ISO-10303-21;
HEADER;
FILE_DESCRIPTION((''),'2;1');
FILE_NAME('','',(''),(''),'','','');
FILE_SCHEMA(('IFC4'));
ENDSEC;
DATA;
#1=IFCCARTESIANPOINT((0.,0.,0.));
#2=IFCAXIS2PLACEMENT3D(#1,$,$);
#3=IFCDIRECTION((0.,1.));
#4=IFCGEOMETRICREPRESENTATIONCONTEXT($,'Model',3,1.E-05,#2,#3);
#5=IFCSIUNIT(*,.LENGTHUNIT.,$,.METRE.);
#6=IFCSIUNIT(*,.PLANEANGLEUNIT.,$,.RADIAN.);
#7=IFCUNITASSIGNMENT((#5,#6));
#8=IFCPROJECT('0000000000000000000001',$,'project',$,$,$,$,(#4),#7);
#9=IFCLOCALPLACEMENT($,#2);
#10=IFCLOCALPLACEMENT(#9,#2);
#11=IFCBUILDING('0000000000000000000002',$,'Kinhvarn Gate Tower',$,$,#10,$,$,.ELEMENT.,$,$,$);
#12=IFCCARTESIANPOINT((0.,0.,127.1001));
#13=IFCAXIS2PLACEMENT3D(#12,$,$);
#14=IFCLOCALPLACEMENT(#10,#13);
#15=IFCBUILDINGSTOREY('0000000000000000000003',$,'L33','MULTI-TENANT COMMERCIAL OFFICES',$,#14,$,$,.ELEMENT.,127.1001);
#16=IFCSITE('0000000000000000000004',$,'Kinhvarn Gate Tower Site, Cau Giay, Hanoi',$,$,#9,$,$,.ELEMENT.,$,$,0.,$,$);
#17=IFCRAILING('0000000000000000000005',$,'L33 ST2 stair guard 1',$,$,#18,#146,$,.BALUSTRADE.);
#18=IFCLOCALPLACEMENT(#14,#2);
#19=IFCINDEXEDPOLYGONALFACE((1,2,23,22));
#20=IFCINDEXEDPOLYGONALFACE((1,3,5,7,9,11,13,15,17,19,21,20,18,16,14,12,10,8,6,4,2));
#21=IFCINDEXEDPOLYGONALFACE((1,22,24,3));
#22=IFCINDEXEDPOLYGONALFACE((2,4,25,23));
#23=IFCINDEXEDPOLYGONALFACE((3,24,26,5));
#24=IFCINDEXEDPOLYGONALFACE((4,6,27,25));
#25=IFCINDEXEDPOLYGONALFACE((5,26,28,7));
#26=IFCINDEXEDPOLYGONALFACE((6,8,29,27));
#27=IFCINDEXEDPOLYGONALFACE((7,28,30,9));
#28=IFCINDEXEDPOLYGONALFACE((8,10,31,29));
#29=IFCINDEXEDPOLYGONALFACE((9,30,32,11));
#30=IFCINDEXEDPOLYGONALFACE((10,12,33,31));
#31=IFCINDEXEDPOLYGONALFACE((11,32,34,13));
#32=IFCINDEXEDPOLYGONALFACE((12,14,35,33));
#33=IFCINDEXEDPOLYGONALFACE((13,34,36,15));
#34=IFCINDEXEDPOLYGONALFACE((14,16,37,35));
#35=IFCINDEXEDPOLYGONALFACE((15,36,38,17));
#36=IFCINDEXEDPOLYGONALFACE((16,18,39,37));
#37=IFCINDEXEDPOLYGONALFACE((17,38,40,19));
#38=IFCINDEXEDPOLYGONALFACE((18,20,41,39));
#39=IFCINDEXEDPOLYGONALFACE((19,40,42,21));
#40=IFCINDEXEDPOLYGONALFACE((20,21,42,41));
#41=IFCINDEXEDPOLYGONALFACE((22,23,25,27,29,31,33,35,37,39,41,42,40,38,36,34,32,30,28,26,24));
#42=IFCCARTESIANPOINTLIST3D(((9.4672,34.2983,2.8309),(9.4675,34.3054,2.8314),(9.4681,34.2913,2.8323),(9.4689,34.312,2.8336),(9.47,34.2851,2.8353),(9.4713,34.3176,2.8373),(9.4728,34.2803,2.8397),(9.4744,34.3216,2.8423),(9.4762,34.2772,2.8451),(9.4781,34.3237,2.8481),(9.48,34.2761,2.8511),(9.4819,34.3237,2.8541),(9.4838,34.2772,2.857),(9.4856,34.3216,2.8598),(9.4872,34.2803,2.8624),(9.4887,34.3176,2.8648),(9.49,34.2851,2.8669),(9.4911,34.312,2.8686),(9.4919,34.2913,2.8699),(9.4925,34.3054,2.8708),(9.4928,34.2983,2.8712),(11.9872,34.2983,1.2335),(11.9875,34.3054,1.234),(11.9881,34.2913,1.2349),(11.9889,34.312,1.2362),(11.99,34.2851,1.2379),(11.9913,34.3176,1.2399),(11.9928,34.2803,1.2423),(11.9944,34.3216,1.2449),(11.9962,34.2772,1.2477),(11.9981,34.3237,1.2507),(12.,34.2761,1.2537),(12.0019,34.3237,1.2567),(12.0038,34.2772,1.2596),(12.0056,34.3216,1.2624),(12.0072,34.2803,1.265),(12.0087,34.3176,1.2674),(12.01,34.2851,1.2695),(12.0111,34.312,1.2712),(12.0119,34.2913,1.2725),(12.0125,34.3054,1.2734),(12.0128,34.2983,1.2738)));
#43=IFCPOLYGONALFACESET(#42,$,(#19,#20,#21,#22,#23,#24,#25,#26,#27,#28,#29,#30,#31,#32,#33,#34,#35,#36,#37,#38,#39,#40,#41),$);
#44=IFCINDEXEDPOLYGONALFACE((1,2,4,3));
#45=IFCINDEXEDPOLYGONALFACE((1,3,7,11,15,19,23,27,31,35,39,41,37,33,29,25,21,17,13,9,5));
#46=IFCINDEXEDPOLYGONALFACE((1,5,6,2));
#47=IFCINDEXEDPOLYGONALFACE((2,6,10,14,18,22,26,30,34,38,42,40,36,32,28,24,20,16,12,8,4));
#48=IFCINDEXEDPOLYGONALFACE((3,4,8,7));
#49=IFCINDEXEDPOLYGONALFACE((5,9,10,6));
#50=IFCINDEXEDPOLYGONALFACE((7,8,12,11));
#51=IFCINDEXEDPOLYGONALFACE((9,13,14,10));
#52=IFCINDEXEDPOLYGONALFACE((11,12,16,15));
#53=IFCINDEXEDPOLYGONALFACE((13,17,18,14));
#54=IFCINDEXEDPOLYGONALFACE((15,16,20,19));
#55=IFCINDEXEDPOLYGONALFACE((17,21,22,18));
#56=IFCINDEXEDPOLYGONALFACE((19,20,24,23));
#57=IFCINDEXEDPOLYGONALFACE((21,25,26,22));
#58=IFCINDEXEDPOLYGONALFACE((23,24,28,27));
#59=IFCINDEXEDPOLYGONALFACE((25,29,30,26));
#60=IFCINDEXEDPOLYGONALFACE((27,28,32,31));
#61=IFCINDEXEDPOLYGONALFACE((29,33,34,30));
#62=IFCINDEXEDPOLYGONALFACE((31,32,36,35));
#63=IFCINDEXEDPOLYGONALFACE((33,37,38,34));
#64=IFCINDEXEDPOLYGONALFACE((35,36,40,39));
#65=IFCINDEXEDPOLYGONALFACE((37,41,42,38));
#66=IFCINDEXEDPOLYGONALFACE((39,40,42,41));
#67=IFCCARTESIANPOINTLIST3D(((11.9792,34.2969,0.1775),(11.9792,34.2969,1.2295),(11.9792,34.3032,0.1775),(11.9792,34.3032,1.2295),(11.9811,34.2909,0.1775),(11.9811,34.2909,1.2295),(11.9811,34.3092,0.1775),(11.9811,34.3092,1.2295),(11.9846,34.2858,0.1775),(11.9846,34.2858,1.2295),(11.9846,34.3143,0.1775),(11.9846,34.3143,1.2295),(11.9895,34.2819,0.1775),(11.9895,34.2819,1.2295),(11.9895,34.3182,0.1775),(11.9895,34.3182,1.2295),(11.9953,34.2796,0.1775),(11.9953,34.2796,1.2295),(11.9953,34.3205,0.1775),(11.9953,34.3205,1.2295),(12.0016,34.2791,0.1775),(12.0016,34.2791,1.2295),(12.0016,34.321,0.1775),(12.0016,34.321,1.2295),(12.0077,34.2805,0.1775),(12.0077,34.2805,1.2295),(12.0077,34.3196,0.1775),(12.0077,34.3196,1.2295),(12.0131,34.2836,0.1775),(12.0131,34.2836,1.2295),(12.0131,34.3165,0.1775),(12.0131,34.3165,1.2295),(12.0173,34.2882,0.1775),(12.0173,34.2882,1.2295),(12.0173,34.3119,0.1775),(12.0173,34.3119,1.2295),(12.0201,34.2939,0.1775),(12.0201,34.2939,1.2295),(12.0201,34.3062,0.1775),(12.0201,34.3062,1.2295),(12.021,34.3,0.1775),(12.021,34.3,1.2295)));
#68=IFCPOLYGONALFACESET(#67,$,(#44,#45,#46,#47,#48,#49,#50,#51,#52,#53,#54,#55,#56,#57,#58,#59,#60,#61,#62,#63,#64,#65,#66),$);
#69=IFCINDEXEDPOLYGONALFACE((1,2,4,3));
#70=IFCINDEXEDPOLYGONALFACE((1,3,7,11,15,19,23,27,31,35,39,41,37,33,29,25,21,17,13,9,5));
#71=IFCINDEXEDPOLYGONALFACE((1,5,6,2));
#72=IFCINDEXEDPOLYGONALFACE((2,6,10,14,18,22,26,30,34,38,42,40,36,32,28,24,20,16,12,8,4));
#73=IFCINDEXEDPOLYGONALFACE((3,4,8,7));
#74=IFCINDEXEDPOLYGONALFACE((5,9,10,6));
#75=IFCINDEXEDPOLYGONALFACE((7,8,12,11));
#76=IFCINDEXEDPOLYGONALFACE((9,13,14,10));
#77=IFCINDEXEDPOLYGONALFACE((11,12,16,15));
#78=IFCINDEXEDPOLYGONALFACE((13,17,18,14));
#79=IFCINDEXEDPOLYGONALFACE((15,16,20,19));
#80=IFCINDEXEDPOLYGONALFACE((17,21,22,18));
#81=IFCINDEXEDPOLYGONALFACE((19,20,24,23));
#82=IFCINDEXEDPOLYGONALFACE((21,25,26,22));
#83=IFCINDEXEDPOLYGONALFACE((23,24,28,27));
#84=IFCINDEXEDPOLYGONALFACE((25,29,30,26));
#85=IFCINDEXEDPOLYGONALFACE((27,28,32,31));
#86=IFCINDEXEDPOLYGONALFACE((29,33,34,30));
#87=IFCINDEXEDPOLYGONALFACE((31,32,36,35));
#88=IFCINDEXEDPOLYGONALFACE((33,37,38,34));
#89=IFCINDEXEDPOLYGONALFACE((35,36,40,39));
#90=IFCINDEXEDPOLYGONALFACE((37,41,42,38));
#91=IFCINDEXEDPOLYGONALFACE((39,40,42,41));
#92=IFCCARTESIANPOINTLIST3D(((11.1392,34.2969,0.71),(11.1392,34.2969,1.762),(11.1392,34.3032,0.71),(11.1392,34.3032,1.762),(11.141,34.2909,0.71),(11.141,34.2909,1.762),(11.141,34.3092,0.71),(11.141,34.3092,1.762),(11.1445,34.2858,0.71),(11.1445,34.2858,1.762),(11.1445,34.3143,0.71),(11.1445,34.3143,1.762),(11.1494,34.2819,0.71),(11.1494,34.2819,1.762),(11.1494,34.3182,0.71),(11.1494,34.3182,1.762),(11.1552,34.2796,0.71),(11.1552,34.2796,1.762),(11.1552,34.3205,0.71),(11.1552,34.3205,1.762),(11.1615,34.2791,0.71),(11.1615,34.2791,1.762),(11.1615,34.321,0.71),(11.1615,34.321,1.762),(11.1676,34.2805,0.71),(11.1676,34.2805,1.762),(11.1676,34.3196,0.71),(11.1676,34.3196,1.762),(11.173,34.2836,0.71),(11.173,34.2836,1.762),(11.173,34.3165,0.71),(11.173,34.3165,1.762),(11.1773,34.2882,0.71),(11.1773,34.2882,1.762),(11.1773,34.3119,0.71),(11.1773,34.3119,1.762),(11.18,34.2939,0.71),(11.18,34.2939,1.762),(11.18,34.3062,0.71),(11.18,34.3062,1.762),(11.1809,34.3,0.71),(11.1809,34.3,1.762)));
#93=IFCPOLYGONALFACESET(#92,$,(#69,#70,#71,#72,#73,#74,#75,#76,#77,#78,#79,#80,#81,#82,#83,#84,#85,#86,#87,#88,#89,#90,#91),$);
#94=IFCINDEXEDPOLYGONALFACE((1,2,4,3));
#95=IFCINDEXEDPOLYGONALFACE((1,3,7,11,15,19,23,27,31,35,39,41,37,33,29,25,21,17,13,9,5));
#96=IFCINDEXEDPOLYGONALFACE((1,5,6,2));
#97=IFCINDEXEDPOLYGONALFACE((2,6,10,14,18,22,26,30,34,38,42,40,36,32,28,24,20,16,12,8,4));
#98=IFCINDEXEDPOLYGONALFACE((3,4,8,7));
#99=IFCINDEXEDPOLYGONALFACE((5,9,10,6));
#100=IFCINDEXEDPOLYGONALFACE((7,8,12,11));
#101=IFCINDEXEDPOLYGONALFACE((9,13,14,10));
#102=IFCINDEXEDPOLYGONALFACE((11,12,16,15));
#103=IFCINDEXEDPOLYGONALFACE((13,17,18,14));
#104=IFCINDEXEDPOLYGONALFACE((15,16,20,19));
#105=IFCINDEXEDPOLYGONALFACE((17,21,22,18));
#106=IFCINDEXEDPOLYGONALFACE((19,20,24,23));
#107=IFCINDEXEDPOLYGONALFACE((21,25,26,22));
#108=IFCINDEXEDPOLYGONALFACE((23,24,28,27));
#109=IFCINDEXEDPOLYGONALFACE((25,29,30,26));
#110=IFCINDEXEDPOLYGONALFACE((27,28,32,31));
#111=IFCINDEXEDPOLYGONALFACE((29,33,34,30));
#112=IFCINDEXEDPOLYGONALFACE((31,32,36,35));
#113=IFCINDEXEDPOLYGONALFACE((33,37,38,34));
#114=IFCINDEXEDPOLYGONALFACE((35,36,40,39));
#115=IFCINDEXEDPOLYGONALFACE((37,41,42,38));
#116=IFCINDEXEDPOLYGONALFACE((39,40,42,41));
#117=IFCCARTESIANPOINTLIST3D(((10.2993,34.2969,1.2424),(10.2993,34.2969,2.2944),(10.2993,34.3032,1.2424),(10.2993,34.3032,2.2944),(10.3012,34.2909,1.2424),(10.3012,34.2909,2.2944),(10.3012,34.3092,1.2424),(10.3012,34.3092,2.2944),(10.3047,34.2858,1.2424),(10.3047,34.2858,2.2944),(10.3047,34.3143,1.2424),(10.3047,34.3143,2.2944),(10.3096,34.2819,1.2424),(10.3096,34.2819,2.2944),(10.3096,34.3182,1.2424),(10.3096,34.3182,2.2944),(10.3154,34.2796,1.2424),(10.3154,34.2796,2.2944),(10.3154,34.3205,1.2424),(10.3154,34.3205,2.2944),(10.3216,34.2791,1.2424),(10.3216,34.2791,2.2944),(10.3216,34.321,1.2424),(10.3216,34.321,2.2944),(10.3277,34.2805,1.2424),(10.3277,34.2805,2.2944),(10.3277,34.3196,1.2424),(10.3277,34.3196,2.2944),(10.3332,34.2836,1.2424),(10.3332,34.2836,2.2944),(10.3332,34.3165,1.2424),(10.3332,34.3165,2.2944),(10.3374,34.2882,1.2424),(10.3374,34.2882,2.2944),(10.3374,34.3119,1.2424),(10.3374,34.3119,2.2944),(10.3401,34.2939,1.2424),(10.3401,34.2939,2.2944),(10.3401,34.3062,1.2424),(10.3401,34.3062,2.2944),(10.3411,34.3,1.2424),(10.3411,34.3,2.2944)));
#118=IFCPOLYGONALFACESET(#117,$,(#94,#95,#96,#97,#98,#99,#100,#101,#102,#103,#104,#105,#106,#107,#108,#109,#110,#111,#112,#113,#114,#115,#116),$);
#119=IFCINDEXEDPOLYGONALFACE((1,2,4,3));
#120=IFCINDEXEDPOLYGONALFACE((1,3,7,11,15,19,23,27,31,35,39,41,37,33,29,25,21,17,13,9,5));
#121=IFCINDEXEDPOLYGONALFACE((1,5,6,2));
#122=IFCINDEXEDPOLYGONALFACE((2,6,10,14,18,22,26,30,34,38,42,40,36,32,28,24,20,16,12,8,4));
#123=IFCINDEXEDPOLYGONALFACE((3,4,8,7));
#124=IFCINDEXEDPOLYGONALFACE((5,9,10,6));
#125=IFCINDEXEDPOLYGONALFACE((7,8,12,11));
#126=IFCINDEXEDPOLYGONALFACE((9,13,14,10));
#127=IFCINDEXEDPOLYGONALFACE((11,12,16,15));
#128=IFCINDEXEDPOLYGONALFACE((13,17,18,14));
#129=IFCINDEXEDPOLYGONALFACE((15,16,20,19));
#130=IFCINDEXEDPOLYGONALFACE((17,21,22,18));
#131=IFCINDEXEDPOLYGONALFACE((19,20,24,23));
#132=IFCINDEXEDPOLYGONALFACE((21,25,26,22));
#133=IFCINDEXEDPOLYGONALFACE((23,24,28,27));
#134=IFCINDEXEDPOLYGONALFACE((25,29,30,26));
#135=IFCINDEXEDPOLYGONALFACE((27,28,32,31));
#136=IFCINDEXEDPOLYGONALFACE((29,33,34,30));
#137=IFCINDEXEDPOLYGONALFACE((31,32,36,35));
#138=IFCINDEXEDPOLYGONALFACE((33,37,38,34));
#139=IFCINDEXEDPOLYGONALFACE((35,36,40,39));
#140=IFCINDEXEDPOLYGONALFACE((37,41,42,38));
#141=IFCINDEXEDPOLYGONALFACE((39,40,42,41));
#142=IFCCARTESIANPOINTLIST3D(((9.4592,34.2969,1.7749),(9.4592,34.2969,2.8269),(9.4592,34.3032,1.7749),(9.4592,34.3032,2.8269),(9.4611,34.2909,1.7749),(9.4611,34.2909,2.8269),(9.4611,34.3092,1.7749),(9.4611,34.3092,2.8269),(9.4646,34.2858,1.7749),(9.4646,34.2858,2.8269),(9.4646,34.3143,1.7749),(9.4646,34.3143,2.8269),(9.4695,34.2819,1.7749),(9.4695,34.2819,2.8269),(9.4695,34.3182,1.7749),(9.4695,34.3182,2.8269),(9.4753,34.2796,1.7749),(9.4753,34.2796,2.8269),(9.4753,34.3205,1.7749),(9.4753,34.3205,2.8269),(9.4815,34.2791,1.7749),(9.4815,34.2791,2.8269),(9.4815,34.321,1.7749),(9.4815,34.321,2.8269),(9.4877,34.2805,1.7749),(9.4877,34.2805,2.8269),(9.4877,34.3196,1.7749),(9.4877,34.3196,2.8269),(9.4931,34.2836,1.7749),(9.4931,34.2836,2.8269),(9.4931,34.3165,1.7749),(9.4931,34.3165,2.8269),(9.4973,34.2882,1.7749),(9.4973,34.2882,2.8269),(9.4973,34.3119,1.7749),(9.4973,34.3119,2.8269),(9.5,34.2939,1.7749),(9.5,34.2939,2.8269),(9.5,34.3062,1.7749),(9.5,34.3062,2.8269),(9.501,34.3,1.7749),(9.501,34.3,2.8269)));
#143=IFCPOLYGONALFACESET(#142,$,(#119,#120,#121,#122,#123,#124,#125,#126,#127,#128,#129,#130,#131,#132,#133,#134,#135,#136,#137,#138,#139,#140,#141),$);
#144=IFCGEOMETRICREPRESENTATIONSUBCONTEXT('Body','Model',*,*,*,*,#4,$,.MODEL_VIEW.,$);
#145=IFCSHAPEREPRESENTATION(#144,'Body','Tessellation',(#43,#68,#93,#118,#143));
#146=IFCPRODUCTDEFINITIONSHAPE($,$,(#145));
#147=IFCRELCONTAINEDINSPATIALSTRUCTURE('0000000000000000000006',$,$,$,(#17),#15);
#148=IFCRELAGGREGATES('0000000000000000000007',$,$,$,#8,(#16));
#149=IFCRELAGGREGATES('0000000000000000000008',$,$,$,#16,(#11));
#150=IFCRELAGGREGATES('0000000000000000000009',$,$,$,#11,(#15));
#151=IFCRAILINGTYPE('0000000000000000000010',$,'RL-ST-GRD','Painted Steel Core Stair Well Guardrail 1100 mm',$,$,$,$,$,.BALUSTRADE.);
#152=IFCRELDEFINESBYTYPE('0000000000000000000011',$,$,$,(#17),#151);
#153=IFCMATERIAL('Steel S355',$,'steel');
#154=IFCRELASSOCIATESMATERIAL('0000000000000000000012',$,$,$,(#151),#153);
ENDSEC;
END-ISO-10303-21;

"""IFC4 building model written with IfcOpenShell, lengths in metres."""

from ifc_helpers import new_model, si_unit, direction, frame, origin, origin_2d, place, context, subcontext, project, spatial, circle, extrude, material, type_object, element, save


model = new_model("IFC4")

# Units and contexts
model_context = context("Model", 3, precision=1e-05, world=origin(), true_north=direction((0.0, 1.0)))
body_context = subcontext(model_context, "Body", "Model", "MODEL_VIEW")
ifc_project = project(units=[si_unit("LENGTHUNIT", "METRE"), si_unit("PLANEANGLEUNIT", "RADIAN")], contexts=[model_context])

# Site, building, storey
site_placement = place(None, origin())
site = spatial("IfcSite", under=ifc_project, at=site_placement, Name="Kinhvarn Gate Tower Site, Cau Giay, Hanoi", CompositionType="ELEMENT", RefElevation=0.0)
building_placement = place(site_placement, origin())
building = spatial("IfcBuilding", under=site, at=building_placement, Name="Kinhvarn Gate Tower", CompositionType="ELEMENT")
storey_placement = place(building_placement, frame((0.0, 0.0, 127.1001)))
storey = spatial("IfcBuildingStorey", under=building, at=storey_placement, Name="L33", Description="MULTI-TENANT COMMERCIAL OFFICES", CompositionType="ELEMENT", Elevation=127.1001)

# Shared definitions
ifc_material_1 = material(Name="Steel S355", Category="steel")

# Railing
railing_type_1 = type_object("IfcRailingType", Name="RL-ST-GRD", Description="Painted Steel Core Stair Well Guardrail 1100 mm", PredefinedType="BALUSTRADE", material=ifc_material_1)
railing_1_placement = place(storey_placement, frame((12.0, 34.3, 0.1775)))
element("IfcRailing", 1, at=railing_1_placement, inside=storey, type_object=railing_type_1, Name="L33 ST2 stair guard 1", PredefinedType="BALUSTRADE", context=body_context, shape_type="SweptSolid", body=[
    extrude(circle(Radius=0.0239, at=origin_2d()), frame((0.0, 0.0, 1.0762), z_axis=(-0.844607, 0.0, 0.535387), x_axis=(0.0, -1.0, 0.0)), (0.0, 0.0, 1.0), 2.9836),
    extrude(circle(Radius=0.021, at=origin_2d()), origin(), (0.0, 0.0, 1.0), 1.052),
    extrude(circle(Radius=0.021, at=origin_2d()), frame((-0.8401, 0.0, 0.5325)), (0.0, 0.0, 1.0), 1.052),
    extrude(circle(Radius=0.021, at=origin_2d()), frame((-1.6799, 0.0, 1.0649)), (0.0, 0.0, 1.0), 1.052),
    extrude(circle(Radius=0.021, at=origin_2d()), frame((-2.52, 0.0, 1.5974)), (0.0, 0.0, 1.0), 1.052),
])

save(model, "model.ifc")
